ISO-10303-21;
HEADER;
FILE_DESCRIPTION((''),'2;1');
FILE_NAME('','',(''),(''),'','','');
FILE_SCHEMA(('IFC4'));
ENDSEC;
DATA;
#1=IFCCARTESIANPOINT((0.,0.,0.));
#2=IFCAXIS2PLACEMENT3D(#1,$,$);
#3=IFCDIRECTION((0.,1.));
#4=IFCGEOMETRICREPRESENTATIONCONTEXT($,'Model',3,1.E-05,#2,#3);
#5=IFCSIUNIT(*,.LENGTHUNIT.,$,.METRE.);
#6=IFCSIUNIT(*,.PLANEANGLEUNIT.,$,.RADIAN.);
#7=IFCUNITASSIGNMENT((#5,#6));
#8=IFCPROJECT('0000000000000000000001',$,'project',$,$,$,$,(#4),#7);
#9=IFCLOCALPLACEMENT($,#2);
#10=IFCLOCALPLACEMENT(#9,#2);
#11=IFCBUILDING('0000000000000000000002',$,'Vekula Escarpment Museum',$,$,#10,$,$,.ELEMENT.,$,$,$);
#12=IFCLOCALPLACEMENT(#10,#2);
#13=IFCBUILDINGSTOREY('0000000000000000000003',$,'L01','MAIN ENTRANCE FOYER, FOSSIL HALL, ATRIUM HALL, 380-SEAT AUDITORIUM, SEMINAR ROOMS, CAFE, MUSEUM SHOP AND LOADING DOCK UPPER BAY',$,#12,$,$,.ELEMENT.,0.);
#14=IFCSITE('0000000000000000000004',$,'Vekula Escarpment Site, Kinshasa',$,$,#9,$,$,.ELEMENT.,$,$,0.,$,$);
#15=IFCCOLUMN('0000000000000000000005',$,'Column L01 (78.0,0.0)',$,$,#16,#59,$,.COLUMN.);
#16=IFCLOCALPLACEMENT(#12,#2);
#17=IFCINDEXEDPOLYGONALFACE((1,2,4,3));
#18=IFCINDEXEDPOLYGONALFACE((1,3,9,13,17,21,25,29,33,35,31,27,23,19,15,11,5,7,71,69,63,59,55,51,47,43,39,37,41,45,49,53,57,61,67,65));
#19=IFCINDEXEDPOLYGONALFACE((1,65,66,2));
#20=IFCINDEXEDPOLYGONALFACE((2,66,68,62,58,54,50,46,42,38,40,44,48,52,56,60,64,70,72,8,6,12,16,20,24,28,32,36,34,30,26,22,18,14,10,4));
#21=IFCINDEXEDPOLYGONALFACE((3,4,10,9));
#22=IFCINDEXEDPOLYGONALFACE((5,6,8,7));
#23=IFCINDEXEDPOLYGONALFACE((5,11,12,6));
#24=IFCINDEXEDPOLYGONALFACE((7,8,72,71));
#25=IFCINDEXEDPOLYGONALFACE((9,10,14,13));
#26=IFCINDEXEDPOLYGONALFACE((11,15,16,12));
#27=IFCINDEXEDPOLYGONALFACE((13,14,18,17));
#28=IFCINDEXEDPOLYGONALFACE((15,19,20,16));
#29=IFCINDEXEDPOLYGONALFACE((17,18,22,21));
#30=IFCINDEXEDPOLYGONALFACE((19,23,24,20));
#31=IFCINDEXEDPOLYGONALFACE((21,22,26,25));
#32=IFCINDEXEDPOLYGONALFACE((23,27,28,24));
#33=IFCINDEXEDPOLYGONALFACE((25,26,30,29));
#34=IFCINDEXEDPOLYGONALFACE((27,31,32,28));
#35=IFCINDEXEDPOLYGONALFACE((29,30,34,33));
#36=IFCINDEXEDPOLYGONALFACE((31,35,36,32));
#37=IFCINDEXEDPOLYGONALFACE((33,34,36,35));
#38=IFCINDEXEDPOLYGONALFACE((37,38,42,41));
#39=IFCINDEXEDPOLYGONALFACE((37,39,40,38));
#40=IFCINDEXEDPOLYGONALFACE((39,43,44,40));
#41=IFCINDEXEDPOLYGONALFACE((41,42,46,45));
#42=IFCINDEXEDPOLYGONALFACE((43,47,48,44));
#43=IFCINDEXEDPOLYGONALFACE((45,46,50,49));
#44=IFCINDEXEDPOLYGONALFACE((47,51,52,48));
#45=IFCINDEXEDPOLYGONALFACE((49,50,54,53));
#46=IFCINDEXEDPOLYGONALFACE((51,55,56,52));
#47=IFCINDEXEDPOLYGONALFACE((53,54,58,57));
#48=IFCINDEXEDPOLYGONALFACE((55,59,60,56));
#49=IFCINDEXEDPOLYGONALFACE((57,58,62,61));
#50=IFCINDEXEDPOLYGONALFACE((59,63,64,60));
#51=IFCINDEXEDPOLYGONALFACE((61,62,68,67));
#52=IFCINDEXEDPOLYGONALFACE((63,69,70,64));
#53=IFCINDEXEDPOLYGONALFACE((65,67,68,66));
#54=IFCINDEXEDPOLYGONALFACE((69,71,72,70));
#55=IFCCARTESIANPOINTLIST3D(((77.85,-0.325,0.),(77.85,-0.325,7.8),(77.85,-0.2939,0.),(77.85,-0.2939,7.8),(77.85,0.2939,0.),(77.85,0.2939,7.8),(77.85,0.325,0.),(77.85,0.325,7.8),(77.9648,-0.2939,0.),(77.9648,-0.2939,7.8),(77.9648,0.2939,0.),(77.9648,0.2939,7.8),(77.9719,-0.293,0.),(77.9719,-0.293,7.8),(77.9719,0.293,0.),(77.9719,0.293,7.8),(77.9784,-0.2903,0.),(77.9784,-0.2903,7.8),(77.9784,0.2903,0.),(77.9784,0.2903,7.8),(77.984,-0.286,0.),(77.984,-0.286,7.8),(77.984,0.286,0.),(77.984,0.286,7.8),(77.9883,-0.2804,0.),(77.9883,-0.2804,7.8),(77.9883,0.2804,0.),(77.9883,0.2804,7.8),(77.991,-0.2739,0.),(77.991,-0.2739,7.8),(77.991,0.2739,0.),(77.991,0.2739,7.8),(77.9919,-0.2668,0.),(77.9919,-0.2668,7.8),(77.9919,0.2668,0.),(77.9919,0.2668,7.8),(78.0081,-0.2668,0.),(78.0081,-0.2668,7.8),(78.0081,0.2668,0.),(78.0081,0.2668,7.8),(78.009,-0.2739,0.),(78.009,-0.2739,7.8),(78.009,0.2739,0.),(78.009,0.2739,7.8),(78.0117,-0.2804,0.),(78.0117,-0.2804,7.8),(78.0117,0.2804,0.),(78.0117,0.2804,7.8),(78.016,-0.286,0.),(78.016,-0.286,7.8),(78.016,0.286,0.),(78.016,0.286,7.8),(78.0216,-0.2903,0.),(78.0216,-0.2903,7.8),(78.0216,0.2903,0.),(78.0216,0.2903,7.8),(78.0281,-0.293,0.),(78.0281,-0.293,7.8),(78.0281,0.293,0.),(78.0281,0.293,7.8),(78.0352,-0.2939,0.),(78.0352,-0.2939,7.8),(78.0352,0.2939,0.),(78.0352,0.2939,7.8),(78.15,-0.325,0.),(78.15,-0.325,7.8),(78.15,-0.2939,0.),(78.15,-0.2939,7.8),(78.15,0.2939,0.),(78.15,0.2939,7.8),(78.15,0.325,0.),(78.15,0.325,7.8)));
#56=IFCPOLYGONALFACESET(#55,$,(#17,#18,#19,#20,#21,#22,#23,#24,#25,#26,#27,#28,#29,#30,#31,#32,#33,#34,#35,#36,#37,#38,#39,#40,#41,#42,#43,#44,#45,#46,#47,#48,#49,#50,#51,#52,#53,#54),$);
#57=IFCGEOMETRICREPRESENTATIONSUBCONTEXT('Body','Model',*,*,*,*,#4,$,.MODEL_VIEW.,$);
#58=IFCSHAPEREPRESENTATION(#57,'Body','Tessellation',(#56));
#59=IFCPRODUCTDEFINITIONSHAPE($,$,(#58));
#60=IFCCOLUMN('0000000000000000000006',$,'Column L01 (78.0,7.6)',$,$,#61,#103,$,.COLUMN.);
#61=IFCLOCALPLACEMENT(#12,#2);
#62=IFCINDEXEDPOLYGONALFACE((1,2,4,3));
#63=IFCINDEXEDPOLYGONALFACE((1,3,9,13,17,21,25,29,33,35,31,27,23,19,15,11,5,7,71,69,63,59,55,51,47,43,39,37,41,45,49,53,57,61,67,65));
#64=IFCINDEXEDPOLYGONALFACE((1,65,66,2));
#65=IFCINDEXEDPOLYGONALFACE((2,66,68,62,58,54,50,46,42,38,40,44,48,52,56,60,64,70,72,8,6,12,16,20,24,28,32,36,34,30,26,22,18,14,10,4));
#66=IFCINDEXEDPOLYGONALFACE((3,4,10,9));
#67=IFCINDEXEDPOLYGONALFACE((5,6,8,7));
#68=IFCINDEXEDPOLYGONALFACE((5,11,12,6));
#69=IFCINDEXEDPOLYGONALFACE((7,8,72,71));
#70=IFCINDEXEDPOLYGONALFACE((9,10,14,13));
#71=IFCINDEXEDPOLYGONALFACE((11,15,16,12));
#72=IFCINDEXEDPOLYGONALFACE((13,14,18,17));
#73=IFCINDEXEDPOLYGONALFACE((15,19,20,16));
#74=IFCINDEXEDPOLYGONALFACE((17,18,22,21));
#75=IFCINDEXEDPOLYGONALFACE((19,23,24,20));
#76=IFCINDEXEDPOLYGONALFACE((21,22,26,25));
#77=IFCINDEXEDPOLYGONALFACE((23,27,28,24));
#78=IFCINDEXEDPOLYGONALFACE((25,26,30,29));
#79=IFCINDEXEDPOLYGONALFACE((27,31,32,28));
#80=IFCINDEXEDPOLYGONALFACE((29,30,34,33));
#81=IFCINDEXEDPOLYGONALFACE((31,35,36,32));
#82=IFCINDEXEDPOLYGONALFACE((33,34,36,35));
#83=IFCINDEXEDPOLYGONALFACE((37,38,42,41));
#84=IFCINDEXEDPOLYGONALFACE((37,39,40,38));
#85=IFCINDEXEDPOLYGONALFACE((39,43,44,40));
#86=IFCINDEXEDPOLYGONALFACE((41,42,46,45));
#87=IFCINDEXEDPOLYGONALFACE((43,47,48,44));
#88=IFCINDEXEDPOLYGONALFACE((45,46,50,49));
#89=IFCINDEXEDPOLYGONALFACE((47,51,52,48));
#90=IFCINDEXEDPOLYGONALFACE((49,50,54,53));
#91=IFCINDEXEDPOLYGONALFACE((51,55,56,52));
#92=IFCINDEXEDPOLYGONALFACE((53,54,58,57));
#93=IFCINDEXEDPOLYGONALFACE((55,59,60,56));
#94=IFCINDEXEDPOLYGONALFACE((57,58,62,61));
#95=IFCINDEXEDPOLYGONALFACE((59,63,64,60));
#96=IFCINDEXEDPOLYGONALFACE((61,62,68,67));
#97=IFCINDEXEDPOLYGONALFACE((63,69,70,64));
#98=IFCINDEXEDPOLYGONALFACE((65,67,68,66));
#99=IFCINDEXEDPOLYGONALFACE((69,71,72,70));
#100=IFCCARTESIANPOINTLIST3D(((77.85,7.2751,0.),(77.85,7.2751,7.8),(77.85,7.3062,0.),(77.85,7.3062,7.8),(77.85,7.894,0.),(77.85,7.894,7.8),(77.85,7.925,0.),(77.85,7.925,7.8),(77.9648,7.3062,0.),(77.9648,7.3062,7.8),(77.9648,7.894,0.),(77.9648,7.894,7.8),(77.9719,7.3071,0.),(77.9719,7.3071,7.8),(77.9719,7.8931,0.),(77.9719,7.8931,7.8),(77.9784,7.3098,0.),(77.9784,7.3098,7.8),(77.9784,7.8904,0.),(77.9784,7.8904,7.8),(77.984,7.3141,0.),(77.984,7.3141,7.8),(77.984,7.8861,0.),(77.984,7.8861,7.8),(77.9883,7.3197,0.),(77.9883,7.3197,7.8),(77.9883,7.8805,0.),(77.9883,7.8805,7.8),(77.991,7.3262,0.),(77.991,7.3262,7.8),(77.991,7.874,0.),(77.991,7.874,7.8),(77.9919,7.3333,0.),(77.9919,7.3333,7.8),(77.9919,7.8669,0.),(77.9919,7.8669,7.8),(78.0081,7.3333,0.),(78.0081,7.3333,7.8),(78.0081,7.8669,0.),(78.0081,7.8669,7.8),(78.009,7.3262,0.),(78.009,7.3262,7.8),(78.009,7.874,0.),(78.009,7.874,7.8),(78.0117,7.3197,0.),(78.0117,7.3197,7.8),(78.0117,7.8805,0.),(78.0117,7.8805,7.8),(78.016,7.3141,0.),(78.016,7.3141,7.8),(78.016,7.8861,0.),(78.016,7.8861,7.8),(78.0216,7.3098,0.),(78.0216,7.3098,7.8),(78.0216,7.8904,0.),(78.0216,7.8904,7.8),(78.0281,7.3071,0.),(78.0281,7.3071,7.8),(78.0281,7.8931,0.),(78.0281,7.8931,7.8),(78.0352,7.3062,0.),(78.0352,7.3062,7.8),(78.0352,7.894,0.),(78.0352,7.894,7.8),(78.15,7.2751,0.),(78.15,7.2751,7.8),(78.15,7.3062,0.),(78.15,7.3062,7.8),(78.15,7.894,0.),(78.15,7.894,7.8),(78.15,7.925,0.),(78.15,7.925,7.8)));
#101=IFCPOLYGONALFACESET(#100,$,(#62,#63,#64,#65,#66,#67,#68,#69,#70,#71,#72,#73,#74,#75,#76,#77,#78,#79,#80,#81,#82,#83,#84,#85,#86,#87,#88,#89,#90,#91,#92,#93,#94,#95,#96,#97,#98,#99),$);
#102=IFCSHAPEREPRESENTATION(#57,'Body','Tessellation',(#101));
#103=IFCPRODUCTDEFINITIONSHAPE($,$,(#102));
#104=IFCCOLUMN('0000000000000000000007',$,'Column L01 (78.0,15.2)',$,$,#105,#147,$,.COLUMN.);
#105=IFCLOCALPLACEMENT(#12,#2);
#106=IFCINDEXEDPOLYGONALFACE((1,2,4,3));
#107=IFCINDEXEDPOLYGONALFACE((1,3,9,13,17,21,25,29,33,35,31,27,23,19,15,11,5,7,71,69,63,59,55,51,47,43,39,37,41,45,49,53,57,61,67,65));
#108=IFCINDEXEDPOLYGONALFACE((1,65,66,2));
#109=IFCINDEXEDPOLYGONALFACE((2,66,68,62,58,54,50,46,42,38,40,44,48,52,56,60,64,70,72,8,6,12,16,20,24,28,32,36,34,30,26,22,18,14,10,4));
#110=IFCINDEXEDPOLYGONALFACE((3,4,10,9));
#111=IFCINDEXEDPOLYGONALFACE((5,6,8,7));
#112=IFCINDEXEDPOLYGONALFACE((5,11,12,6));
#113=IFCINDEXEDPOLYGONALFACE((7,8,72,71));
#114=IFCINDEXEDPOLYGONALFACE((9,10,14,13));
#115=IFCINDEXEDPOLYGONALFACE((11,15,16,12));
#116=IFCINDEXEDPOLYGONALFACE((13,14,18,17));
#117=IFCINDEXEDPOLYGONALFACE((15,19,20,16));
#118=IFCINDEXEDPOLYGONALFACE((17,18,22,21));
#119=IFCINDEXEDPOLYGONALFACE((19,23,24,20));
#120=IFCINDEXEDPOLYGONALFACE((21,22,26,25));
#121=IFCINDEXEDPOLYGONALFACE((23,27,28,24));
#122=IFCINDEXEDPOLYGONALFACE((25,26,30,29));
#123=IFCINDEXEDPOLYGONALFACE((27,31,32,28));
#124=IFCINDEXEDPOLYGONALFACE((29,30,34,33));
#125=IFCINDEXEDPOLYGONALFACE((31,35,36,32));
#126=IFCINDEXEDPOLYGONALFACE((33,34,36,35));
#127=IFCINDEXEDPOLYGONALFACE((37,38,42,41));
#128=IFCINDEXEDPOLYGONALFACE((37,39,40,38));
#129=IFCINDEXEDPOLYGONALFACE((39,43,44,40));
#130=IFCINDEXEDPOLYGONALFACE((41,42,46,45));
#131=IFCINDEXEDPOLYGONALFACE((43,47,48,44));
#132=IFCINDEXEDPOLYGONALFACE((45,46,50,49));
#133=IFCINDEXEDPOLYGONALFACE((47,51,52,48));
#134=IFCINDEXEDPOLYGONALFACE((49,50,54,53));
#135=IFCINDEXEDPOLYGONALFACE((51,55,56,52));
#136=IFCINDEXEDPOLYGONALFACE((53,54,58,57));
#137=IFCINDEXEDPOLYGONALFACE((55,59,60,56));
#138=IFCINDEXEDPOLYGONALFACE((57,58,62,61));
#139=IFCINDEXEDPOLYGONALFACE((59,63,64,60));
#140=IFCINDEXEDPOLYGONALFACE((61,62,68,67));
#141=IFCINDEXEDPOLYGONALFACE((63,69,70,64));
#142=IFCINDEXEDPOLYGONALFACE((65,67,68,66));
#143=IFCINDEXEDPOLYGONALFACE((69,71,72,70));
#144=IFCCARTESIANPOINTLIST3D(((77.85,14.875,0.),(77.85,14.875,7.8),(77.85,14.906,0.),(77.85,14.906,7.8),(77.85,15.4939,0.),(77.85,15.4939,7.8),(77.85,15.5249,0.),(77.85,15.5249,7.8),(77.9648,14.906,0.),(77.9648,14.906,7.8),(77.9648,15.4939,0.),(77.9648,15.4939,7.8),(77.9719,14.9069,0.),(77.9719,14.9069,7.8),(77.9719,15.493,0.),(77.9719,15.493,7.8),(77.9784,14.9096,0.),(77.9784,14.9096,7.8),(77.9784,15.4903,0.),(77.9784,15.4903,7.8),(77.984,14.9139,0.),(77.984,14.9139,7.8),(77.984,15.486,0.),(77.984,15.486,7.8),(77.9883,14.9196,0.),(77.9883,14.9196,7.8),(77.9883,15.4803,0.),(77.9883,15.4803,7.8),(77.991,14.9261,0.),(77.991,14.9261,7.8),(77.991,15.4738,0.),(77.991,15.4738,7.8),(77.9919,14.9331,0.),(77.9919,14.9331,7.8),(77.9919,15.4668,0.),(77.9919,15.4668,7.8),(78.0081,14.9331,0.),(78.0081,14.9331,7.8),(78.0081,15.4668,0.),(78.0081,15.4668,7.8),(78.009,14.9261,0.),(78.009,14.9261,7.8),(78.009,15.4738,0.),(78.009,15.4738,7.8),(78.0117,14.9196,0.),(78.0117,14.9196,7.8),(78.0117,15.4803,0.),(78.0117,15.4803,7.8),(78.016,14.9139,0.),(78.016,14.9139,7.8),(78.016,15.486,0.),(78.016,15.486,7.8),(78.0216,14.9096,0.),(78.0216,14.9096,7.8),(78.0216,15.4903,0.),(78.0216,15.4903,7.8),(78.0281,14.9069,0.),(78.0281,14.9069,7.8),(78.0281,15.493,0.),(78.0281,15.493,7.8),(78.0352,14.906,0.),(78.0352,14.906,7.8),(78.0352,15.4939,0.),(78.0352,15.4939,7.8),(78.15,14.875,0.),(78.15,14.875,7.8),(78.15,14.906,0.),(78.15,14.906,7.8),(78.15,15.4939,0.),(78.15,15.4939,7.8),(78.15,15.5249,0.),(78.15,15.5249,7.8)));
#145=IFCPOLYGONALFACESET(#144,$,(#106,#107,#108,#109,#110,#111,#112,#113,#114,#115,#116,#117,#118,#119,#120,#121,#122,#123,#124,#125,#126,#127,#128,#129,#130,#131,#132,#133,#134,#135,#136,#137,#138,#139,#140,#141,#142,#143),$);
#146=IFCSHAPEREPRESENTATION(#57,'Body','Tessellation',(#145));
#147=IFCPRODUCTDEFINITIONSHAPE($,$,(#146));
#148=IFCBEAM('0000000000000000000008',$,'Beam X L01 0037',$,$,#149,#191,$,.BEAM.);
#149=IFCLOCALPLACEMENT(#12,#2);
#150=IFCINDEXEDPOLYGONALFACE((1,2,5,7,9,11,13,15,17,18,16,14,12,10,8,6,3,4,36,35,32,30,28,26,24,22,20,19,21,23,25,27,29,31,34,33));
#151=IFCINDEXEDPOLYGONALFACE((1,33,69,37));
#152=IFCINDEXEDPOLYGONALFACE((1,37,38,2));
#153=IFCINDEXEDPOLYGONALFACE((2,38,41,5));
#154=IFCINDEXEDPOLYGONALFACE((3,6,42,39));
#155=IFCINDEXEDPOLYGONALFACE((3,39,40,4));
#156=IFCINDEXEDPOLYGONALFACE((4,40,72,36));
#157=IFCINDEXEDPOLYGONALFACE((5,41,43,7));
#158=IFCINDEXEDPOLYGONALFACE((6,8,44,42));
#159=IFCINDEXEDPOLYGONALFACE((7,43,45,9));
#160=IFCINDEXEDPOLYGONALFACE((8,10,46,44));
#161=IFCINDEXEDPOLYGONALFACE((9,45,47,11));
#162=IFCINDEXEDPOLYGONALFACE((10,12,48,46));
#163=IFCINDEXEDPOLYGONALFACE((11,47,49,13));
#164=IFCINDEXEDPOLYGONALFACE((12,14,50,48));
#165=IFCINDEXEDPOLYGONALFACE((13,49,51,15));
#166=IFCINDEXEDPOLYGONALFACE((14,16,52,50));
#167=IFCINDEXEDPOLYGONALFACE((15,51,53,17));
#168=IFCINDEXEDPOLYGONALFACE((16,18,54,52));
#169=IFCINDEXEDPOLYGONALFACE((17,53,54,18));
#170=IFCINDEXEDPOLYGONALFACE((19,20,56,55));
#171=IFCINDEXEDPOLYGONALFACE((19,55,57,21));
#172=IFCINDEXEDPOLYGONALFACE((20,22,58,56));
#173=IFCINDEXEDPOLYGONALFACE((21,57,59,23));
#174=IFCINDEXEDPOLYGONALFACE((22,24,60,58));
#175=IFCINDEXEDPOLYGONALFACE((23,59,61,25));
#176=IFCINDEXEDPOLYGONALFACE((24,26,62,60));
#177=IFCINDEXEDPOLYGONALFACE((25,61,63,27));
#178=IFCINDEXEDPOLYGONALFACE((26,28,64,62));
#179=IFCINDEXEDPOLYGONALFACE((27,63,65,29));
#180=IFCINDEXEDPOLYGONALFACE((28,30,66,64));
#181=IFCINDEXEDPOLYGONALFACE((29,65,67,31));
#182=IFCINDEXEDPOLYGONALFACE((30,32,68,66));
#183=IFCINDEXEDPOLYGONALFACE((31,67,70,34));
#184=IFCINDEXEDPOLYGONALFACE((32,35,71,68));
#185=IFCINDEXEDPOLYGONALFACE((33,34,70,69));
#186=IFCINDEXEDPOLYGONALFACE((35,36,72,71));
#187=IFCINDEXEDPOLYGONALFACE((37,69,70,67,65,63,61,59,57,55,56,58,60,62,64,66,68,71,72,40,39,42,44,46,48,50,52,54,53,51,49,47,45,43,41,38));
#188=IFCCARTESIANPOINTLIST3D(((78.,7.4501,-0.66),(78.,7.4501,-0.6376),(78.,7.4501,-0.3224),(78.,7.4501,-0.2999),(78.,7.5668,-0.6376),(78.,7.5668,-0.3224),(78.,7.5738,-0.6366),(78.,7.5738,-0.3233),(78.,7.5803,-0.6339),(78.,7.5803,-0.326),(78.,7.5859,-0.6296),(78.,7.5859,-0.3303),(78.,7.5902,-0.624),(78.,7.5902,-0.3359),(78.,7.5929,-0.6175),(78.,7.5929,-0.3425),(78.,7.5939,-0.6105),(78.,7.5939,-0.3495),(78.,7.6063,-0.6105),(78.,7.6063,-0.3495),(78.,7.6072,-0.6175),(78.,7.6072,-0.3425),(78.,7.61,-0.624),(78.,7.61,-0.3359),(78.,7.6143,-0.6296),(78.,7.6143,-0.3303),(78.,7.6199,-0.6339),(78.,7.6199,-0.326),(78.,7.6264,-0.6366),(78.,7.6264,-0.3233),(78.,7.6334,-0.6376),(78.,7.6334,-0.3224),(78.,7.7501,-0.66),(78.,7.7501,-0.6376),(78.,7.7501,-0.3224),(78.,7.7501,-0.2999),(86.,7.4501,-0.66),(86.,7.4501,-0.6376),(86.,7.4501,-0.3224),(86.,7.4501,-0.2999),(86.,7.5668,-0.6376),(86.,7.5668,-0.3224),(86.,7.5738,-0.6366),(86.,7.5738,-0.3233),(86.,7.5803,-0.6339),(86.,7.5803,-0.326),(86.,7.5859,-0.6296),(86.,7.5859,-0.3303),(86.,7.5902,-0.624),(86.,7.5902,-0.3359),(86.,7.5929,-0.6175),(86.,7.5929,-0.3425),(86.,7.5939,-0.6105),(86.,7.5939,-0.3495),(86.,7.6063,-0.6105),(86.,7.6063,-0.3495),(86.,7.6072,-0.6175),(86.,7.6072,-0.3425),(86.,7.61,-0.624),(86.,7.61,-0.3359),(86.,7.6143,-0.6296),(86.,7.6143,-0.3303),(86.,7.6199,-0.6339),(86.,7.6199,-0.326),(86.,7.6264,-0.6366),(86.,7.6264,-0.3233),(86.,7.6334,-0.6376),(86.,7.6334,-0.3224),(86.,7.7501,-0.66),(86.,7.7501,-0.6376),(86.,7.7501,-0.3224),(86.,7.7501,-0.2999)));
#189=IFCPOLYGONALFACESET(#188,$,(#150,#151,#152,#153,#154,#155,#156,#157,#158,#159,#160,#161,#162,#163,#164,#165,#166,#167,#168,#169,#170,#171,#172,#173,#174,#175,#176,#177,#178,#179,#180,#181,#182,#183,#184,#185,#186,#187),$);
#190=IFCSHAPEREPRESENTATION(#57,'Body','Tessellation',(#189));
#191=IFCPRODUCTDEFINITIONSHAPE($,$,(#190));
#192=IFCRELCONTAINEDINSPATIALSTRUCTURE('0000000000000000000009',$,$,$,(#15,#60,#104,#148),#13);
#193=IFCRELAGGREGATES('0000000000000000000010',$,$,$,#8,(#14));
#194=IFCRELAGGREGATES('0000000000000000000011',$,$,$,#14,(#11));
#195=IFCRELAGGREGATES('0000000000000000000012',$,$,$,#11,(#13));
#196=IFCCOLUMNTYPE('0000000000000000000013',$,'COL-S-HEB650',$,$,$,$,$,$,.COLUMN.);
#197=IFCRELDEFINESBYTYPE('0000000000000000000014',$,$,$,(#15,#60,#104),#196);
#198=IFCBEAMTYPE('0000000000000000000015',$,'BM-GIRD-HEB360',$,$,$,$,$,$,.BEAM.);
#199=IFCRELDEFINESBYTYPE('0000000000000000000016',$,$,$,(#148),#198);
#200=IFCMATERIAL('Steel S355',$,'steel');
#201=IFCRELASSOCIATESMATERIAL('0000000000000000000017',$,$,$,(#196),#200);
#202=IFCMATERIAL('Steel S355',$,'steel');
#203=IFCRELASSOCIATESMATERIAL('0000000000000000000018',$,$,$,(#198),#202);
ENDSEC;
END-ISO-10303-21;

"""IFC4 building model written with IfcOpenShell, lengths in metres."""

from ifc_helpers import new_model, si_unit, direction, frame, origin, origin_2d, place, context, subcontext, project, spatial, i_section, extrude, material, material_profile, profile_set, type_object, element, save


model = new_model("IFC4")

# Units and contexts
model_context = context("Model", 3, precision=1e-05, world=origin(), true_north=direction((0.0, 1.0)))
body_context = subcontext(model_context, "Body", "Model", "MODEL_VIEW")
ifc_project = project(units=[si_unit("LENGTHUNIT", "METRE"), si_unit("PLANEANGLEUNIT", "RADIAN")], contexts=[model_context])

# Site, building, storey
site_placement = place(None, origin())
site = spatial("IfcSite", under=ifc_project, at=site_placement, Name="Vekula Escarpment Site, Kinshasa", CompositionType="ELEMENT", RefElevation=0.0)
building_placement = place(site_placement, origin())
building = spatial("IfcBuilding", under=site, at=building_placement, Name="Vekula Escarpment Museum", CompositionType="ELEMENT")
storey_placement = place(building_placement, origin())
storey = spatial("IfcBuildingStorey", under=building, at=storey_placement, Name="L01", Description="MAIN ENTRANCE FOYER, FOSSIL HALL, ATRIUM HALL, 380-SEAT AUDITORIUM, SEMINAR ROOMS, CAFE, MUSEUM SHOP AND LOADING DOCK UPPER BAY", CompositionType="ELEMENT", Elevation=0.0)

# Columns
ifc_material_1 = material(Name="Steel S355", Category="steel")
ifc_material_profile_1 = material_profile(ifc_material_1, i_section(OverallWidth=0.3, OverallDepth=0.6499, WebThickness=0.0161, FlangeThickness=0.031, FilletRadius=0.0271, at=origin_2d()), Name="HEB 650")
ifc_profile_set_1 = profile_set([ifc_material_profile_1], Name="Steel S355")
column_type = type_object("IfcColumnType", Name="COL-S-HEB650", PredefinedType="COLUMN", material=ifc_profile_set_1)
for number, where, z_axis, x_axis, name in (
    (1, (78.0, 0.0, 0.0), (0.0, 0.0, 1.0), (1.0, 0.0, 0.0), "Column L01 (78.0,0.0)"),
    (2, (78.0, 7.6001, 0.0), (0.0, 0.0, 1.0), (1.0, 0.0, 0.0), "Column L01 (78.0,7.6)"),
    (3, (78.0, 15.2, 0.0), (0.0, 0.0, 1.0), (1.0, 0.0, 0.0), "Column L01 (78.0,15.2)"),
):
    element("IfcColumn", number, at=place(storey_placement, frame(where, z_axis=z_axis, x_axis=x_axis)), inside=storey, type_object=column_type, Name=name, PredefinedType="COLUMN", context=body_context, shape_type="SweptSolid", body=[
        extrude(i_section(OverallWidth=0.3, OverallDepth=0.6499, WebThickness=0.0161, FlangeThickness=0.031, FilletRadius=0.0271, at=origin_2d()), origin(), (0.0, 0.0, 1.0), 7.8),
    ])

# Beam
ifc_material_2 = material(Name="Steel S355", Category="steel")
ifc_material_profile_2 = material_profile(ifc_material_2, i_section(OverallWidth=0.3, OverallDepth=0.3601, WebThickness=0.0125, FlangeThickness=0.0225, FilletRadius=0.0271, at=origin_2d()), Name="HEB 360")
ifc_profile_set_2 = profile_set([ifc_material_profile_2], Name="Steel S355")
beam_type_1 = type_object("IfcBeamType", Name="BM-GIRD-HEB360", PredefinedType="BEAM", material=ifc_profile_set_2)
beam_1_placement = place(storey_placement, frame((78.0, 7.6001, -0.48), z_axis=(1.0, 0.0, 0.0), x_axis=(0.0, 1.0, 0.0)))
element("IfcBeam", 4, at=beam_1_placement, inside=storey, type_object=beam_type_1, Name="Beam X L01 0037", PredefinedType="BEAM", context=body_context, shape_type="SweptSolid", body=[
    extrude(i_section(OverallWidth=0.3, OverallDepth=0.3601, WebThickness=0.0125, FlangeThickness=0.0225, FilletRadius=0.0271, at=origin_2d()), origin(), (0.0, 0.0, 1.0), 8.0),
])

save(model, "model.ifc")
